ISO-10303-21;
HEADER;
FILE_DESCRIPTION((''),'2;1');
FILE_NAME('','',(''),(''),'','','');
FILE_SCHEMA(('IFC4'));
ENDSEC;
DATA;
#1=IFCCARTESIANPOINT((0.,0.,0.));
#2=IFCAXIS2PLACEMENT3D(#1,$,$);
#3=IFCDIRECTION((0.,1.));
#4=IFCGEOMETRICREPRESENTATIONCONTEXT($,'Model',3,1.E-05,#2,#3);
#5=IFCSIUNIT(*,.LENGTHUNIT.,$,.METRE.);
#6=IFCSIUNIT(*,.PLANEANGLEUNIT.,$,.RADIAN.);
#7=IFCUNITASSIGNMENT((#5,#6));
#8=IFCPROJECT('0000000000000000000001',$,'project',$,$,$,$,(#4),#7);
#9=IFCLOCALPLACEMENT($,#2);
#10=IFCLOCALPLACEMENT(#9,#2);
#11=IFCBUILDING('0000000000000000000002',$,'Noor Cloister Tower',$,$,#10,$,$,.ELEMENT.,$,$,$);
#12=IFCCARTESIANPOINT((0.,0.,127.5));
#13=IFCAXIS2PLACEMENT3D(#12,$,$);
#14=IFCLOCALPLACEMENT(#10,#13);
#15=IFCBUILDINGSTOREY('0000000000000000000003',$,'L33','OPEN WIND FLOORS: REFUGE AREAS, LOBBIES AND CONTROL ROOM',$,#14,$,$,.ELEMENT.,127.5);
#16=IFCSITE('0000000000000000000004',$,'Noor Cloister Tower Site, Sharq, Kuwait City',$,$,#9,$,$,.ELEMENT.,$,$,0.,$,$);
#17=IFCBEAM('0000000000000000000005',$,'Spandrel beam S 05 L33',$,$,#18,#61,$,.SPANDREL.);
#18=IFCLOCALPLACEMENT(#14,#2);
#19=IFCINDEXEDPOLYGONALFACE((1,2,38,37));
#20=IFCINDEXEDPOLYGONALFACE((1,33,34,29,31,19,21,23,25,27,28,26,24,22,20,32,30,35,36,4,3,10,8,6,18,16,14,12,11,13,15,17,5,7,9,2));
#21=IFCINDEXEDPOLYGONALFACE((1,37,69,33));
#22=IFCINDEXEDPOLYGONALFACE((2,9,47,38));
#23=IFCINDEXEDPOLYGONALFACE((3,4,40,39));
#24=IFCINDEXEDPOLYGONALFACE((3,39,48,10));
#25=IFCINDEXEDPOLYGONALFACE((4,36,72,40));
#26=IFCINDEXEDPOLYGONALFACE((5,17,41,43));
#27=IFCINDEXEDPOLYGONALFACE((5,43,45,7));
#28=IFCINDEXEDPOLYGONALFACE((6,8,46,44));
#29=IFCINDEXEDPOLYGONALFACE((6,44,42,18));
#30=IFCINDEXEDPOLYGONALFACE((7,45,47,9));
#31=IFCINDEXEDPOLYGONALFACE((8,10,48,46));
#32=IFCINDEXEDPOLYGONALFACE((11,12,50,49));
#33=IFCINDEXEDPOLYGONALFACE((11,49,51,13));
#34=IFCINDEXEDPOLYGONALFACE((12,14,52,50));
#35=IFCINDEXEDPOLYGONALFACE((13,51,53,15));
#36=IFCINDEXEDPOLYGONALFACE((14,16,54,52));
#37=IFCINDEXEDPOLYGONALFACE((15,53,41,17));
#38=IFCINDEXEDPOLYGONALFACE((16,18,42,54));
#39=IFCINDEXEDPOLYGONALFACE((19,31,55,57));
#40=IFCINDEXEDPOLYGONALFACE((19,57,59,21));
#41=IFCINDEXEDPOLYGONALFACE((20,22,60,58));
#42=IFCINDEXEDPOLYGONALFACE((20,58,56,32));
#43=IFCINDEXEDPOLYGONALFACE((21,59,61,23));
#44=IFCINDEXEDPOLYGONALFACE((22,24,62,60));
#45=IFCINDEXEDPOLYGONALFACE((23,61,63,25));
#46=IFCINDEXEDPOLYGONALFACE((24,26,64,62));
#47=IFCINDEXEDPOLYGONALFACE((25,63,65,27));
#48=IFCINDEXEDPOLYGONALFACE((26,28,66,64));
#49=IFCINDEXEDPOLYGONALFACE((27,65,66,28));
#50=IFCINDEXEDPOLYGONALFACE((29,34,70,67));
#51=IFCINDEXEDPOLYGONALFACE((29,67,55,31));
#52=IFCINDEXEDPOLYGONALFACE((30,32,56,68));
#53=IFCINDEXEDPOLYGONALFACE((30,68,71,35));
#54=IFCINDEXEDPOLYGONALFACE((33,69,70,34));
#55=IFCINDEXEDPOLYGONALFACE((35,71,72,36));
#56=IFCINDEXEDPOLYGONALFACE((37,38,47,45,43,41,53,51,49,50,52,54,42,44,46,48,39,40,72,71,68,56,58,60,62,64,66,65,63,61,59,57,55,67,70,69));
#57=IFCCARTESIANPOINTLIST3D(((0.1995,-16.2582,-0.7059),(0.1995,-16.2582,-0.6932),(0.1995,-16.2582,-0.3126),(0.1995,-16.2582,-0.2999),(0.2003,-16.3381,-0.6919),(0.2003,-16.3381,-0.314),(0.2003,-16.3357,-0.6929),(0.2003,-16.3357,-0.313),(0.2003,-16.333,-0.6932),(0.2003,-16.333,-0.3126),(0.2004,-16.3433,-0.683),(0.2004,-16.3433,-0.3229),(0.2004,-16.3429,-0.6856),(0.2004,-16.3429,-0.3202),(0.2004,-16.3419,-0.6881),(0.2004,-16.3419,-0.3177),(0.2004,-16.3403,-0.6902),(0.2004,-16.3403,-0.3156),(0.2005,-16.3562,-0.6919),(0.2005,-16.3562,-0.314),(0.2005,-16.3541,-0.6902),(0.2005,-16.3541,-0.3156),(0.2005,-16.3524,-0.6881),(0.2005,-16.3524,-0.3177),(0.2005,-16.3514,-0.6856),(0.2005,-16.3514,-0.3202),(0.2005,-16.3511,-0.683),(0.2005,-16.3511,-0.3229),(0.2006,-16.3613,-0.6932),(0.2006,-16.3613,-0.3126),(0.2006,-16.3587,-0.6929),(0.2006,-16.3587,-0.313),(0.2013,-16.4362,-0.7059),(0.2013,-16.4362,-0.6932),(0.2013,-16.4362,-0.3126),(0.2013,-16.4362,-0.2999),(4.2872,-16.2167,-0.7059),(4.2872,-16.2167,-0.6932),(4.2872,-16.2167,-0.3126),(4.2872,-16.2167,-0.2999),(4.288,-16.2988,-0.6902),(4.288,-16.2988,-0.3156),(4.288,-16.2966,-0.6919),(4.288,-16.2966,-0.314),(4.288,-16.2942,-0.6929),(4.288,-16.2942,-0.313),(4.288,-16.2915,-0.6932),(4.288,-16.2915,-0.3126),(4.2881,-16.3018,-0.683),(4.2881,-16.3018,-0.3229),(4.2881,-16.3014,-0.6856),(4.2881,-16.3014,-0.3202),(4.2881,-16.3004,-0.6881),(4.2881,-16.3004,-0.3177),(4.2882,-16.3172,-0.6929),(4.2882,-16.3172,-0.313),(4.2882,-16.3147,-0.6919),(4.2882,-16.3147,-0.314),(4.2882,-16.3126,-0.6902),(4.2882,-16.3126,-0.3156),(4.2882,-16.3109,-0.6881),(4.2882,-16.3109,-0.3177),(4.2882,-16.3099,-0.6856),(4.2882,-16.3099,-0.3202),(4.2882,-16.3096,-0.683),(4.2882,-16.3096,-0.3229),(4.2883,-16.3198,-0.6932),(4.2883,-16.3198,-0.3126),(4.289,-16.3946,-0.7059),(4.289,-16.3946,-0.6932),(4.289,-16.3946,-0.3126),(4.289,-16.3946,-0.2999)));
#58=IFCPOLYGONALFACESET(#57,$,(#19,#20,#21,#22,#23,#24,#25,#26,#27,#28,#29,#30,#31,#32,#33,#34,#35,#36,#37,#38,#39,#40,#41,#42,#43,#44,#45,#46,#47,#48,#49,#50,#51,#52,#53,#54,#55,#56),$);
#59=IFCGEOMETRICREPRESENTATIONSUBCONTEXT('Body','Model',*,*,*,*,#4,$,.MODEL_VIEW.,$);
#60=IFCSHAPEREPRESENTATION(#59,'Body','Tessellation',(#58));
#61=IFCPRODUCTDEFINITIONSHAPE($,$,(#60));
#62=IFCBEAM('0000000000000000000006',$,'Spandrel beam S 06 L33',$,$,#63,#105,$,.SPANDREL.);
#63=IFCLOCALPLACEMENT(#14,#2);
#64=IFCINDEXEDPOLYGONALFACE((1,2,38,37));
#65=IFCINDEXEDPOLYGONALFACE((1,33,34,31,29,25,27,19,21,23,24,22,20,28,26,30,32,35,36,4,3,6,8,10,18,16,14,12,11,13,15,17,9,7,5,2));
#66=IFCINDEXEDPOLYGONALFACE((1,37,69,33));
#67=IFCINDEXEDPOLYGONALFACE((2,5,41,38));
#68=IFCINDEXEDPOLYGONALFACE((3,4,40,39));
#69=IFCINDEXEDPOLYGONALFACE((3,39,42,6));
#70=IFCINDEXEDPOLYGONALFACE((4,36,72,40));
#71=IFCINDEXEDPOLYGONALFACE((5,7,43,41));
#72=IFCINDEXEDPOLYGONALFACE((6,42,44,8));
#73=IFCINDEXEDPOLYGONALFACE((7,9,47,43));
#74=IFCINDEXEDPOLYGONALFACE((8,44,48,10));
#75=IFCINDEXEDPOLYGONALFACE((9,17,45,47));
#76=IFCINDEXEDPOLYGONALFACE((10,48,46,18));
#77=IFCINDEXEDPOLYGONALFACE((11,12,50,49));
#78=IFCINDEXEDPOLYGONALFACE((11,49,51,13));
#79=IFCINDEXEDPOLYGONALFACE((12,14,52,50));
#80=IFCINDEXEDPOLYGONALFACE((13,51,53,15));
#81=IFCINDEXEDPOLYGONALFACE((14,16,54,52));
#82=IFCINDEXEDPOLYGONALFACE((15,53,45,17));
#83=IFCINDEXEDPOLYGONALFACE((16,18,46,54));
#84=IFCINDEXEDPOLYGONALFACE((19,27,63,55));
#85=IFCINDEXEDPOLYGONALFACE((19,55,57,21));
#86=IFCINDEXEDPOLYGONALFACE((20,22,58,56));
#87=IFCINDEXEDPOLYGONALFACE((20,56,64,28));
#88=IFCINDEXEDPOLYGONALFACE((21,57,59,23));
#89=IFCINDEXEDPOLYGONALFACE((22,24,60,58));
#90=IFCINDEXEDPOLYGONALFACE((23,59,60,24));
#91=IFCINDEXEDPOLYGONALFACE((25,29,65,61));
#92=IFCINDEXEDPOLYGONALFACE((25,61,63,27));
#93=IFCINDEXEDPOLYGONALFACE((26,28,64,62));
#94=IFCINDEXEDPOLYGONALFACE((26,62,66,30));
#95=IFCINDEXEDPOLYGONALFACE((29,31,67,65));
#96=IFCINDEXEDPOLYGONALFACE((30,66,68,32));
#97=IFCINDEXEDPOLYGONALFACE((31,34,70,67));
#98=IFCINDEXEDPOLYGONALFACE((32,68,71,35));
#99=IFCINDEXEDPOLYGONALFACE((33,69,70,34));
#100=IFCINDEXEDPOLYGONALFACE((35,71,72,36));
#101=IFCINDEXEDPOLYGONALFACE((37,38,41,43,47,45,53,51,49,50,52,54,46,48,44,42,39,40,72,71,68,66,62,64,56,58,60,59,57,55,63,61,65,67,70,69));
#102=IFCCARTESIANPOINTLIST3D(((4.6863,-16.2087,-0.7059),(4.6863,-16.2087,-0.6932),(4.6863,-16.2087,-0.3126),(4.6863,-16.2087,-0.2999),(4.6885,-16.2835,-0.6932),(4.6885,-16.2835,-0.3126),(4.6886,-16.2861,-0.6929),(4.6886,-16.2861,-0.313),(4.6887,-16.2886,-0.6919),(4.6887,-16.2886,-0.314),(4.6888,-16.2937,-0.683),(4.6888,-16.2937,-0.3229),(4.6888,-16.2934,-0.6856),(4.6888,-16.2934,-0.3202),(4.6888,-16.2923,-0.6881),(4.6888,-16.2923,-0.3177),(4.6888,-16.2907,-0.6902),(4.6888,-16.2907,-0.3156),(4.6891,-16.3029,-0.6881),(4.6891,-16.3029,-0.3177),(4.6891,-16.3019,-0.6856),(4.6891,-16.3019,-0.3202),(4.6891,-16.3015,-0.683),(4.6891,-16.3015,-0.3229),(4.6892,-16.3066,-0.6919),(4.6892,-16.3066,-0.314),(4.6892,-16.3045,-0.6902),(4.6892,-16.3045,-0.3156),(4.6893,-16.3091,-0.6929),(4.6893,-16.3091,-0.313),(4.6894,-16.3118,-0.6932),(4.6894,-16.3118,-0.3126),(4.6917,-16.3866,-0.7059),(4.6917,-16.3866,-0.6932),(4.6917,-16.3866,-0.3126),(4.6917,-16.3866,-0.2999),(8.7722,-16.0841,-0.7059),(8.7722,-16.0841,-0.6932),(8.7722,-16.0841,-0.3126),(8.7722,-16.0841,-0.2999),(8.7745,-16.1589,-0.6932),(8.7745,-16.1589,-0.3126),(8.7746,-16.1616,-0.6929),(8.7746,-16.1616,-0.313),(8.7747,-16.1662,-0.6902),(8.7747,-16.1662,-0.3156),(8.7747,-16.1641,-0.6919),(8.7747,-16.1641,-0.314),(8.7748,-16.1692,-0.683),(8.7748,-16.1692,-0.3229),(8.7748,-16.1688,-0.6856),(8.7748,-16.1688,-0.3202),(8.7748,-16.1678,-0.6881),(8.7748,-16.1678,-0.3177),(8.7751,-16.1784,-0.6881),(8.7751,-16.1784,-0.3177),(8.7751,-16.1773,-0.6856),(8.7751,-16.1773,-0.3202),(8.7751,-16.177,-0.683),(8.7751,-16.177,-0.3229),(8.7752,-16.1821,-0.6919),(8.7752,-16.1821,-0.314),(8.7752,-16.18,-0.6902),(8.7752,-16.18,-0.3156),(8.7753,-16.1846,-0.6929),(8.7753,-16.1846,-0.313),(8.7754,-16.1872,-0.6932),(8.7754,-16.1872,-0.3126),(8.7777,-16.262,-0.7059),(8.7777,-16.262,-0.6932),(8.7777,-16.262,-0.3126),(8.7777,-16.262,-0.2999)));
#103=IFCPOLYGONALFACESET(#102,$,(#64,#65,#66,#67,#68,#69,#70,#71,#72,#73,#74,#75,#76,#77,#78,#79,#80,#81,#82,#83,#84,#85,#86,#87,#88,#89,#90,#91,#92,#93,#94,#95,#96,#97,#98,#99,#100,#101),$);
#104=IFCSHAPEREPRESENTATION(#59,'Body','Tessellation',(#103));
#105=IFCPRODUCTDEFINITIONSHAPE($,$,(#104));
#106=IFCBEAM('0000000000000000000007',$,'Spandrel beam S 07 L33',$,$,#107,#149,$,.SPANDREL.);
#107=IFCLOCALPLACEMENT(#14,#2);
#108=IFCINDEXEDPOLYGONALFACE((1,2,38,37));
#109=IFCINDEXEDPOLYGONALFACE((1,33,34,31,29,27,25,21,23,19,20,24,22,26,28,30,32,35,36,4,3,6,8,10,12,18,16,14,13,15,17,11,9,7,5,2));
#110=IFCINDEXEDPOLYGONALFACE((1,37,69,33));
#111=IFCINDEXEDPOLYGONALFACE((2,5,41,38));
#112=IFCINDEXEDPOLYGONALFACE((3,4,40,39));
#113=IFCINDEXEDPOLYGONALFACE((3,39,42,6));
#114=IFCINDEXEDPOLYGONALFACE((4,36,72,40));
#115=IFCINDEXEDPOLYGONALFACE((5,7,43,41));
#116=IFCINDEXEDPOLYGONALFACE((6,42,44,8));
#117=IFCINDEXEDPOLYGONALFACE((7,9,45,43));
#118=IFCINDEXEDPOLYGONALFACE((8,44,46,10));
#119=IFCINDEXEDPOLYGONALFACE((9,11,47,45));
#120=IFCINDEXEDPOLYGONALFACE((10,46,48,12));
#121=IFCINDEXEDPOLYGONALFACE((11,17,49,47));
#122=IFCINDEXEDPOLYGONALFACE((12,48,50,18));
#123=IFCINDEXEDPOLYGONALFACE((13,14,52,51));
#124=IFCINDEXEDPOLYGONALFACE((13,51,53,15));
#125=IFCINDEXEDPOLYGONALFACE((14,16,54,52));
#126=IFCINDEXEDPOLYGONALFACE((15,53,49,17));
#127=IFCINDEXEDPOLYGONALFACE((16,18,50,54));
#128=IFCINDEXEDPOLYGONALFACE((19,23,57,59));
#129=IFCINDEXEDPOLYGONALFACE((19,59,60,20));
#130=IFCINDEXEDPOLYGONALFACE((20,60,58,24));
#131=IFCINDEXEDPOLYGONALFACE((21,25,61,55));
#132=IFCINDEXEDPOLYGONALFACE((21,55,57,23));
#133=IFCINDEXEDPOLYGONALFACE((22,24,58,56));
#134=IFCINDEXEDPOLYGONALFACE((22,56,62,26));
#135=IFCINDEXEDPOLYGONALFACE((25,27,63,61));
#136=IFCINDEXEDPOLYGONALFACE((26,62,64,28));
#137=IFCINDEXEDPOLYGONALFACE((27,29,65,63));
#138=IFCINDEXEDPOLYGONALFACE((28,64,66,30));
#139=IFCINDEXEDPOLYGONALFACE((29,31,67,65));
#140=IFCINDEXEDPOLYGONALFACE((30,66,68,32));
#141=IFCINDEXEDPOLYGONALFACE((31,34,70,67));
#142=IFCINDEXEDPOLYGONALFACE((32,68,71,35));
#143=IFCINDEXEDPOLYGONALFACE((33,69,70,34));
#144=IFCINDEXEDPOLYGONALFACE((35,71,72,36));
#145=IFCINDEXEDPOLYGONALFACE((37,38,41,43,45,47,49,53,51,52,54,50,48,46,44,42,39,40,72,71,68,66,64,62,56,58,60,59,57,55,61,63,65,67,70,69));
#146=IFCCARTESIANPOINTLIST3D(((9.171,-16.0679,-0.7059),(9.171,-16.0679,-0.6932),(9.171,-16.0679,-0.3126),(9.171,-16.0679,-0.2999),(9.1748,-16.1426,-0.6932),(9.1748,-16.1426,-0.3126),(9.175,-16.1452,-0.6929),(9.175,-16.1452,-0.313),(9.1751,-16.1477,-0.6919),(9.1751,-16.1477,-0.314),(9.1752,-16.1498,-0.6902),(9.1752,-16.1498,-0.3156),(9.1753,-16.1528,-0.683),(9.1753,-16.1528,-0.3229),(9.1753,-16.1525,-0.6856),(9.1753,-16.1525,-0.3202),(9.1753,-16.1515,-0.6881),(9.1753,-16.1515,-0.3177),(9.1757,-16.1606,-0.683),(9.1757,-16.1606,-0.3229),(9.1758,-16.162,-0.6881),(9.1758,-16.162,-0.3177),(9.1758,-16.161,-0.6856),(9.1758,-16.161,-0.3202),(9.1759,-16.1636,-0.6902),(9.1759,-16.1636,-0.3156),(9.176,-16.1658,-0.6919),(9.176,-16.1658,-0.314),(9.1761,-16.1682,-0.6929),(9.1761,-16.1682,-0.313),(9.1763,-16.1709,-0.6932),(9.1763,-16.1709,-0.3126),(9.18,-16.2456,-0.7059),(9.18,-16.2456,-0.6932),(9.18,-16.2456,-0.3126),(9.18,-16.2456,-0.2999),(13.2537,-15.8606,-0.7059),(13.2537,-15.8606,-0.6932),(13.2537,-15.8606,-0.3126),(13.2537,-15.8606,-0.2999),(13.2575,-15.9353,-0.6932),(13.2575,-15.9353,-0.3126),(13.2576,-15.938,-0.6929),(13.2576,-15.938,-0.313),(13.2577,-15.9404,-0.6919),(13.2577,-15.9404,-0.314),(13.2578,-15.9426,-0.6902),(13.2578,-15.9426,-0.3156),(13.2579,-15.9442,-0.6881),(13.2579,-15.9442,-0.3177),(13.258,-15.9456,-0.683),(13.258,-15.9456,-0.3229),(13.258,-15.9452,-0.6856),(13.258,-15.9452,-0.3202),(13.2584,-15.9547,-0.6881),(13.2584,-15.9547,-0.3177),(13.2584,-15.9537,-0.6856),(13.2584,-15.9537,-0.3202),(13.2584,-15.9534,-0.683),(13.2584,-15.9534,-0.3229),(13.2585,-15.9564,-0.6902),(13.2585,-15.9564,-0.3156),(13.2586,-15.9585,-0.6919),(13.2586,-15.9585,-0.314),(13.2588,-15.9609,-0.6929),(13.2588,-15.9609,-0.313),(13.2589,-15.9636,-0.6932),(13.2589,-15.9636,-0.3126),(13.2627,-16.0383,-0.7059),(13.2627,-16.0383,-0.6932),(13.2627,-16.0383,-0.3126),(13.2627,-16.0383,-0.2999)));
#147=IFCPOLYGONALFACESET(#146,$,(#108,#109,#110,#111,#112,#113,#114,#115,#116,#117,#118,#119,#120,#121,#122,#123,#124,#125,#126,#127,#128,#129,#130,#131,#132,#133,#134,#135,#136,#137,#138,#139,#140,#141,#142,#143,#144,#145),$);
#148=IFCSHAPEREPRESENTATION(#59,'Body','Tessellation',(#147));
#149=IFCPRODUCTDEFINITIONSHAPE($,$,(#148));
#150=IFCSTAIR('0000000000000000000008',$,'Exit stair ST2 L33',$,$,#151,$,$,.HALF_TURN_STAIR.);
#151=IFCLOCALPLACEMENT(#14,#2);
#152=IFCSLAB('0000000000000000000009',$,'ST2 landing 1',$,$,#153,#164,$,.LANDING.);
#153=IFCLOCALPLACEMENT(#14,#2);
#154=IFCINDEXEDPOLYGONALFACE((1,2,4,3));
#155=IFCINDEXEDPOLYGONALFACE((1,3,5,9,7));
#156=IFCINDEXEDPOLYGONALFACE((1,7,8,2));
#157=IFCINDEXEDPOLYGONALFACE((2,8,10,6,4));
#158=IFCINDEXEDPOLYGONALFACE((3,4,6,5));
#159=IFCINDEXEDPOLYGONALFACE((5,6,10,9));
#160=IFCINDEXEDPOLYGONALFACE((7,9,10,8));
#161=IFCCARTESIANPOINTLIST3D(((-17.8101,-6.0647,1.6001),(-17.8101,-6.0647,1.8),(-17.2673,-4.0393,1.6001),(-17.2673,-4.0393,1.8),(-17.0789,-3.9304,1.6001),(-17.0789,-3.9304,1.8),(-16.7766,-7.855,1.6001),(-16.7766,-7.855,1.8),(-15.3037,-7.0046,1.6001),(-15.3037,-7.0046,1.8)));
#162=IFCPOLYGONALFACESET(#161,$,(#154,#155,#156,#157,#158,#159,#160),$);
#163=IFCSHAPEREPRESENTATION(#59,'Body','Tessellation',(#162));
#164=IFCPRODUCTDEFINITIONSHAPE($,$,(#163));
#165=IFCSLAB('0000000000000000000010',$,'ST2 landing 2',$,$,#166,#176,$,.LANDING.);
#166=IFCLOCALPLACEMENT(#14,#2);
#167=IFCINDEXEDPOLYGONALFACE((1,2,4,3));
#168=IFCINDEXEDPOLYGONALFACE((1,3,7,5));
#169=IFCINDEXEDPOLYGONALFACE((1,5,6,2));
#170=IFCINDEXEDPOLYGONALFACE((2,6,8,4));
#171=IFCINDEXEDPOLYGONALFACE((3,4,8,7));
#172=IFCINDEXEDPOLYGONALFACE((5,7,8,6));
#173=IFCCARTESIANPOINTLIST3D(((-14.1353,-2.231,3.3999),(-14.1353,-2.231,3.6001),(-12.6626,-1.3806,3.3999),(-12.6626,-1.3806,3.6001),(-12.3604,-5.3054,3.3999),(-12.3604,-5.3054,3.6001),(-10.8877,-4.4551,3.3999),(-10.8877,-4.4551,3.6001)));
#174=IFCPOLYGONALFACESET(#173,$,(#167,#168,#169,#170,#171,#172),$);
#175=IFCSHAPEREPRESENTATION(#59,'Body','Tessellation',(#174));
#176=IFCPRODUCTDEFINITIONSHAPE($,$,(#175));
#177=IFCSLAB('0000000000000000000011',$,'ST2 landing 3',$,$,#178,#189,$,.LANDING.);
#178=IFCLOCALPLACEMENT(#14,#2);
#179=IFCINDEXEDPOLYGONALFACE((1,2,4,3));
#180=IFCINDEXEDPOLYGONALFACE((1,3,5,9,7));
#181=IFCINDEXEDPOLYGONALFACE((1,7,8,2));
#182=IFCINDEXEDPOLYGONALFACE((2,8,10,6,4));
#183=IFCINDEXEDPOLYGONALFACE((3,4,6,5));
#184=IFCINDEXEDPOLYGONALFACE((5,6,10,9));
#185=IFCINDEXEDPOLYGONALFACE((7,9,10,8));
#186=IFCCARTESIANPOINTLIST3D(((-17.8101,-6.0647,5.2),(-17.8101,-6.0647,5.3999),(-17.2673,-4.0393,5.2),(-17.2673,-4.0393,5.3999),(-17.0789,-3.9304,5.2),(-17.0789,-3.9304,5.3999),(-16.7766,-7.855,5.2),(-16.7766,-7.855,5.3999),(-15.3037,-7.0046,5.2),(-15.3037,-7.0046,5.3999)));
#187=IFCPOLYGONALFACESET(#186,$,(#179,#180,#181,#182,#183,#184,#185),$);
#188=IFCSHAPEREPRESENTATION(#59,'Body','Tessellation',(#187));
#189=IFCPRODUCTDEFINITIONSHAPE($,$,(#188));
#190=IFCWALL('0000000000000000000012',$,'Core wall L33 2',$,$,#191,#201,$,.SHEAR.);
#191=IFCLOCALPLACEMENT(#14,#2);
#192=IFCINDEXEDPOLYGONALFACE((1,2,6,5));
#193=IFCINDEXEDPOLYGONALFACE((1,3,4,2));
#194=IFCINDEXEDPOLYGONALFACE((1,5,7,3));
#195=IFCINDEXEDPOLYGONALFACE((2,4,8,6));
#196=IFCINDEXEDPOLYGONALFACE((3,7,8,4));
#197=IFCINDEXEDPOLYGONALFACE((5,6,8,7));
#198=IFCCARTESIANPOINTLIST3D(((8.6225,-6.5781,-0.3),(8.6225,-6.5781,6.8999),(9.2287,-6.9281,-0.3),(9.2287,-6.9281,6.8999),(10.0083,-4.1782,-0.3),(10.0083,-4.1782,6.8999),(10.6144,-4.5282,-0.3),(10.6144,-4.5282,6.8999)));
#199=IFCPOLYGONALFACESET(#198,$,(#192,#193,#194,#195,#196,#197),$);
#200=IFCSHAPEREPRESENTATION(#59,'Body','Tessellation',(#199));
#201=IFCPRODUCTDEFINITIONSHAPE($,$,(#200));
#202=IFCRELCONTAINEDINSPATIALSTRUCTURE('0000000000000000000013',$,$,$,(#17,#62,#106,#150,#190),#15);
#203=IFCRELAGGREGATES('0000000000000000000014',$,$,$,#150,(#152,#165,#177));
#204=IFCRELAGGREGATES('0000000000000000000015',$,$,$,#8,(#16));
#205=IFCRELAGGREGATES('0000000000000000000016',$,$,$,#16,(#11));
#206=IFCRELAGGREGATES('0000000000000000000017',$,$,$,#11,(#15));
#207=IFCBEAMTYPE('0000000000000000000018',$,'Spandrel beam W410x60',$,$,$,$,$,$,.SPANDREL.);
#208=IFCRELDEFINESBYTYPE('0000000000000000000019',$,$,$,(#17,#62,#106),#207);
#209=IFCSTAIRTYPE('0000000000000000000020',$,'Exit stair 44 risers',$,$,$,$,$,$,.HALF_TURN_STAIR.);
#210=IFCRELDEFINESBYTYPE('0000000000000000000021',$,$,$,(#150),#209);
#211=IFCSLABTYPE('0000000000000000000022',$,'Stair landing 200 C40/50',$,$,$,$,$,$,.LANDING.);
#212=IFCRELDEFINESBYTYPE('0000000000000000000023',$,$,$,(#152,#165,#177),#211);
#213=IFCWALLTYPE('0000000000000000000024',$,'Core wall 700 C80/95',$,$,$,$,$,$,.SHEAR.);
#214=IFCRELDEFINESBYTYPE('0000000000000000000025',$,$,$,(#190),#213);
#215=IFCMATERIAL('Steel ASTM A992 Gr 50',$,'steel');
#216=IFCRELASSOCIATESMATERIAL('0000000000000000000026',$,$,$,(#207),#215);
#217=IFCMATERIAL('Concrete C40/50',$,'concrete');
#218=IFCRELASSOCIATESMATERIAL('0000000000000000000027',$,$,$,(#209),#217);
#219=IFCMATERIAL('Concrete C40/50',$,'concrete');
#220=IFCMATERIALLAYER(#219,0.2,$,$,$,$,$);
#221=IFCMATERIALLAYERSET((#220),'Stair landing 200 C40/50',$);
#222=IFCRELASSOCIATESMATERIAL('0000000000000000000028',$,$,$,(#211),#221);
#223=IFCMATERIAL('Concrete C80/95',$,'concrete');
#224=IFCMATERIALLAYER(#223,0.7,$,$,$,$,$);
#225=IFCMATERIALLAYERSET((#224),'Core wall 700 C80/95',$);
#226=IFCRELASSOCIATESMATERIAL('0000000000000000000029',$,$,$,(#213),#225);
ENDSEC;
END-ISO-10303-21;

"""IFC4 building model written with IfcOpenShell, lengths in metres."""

from ifc_helpers import new_model, si_unit, direction, frame, frame_2d, origin, origin_2d, place, context, subcontext, project, spatial, polyline, rectangle, i_section, outline, extrude, material, layer, layer_set, material_profile, profile_set, type_object, element, aggregate, save


model = new_model("IFC4")

# Units and contexts
model_context = context("Model", 3, precision=1e-05, world=origin(), true_north=direction((0.0, 1.0)))
body_context = subcontext(model_context, "Body", "Model", "MODEL_VIEW")
ifc_project = project(units=[si_unit("LENGTHUNIT", "METRE"), si_unit("PLANEANGLEUNIT", "RADIAN")], contexts=[model_context])

# Site, building, storey
site_placement = place(None, origin())
site = spatial("IfcSite", under=ifc_project, at=site_placement, Name="Noor Cloister Tower Site, Sharq, Kuwait City", CompositionType="ELEMENT", RefElevation=0.0)
building_placement = place(site_placement, origin())
building = spatial("IfcBuilding", under=site, at=building_placement, Name="Noor Cloister Tower", CompositionType="ELEMENT")
storey_placement = place(building_placement, frame((0.0, 0.0, 127.5)))
storey = spatial("IfcBuildingStorey", under=building, at=storey_placement, Name="L33", Description="OPEN WIND FLOORS: REFUGE AREAS, LOBBIES AND CONTROL ROOM", CompositionType="ELEMENT", Elevation=127.5)

# Beams
ifc_material_1 = material(Name="Steel ASTM A992 Gr 50", Category="steel")
ifc_material_profile_1 = material_profile(ifc_material_1, i_section(OverallWidth=0.178, OverallDepth=0.406, WebThickness=0.0078, FlangeThickness=0.0127, FilletRadius=0.0103, at=origin_2d()), Name="W410x60")
ifc_profile_set_1 = profile_set([ifc_material_profile_1], Name="Steel ASTM A992 Gr 50")
beam_type_1 = type_object("IfcBeamType", Name="Spandrel beam W410x60", PredefinedType="SPANDREL", material=ifc_profile_set_1)
for number, where, z_axis, x_axis, name in (
    (1, (0.2004, -16.3472, -0.5029), (0.999948, 0.010153, 0.0), (-0.010153, 0.999948, 0.0), "Spandrel beam S 05 L33"),
    (2, (4.689, -16.2976, -0.5029), (0.999536, 0.030459, 0.0), (-0.030459, 0.999536, 0.0), "Spandrel beam S 06 L33"),
    (3, (9.1755, -16.1567, -0.5029), (0.998714, 0.050706, 0.0), (-0.050706, 0.998714, 0.0), "Spandrel beam S 07 L33"),
):
    element("IfcBeam", number, at=place(storey_placement, frame(where, z_axis=z_axis, x_axis=x_axis)), inside=storey, type_object=beam_type_1, Name=name, PredefinedType="SPANDREL", context=body_context, shape_type="SweptSolid", body=[
        extrude(i_section(OverallWidth=0.178, OverallDepth=0.406, WebThickness=0.0078, FlangeThickness=0.0127, FilletRadius=0.0103, at=origin_2d()), origin(), (0.0, 0.0, 1.0), 4.0879),
    ])

# Stair, slabs
ifc_material_2 = material(Name="Concrete C40/50", Category="concrete")
stair_type = type_object("IfcStairType", Name="Exit stair 44 risers", PredefinedType="HALF_TURN_STAIR", material=ifc_material_2)
stair_1_placement = place(storey_placement, origin())
stair_1 = element("IfcStair", 4, at=stair_1_placement, inside=storey, type_object=stair_type, Name="Exit stair ST2 L33", PredefinedType="HALF_TURN_STAIR")
ifc_material_3 = material(Name="Concrete C40/50", Category="concrete")
ifc_layer_1 = layer(ifc_material_3, 0.2)
ifc_layer_set_1 = layer_set([ifc_layer_1], Name="Stair landing 200 C40/50")
slab_type = type_object("IfcSlabType", Name="Stair landing 200 C40/50", PredefinedType="LANDING", material=ifc_layer_set_1)
slab_1_placement = place(storey_placement, frame((0.0, 0.0, 1.6001)))
slab_1 = element("IfcSlab", 5, at=slab_1_placement, type_object=slab_type, Name="ST2 landing 1", PredefinedType="LANDING", context=body_context, shape_type="SweptSolid", body=[
    extrude(outline(polyline([(-17.0789, -3.9304), (-17.2673, -4.0393), (-17.8101, -6.0647), (-16.7766, -7.855), (-15.3037, -7.0046), (-17.0789, -3.9304)])), origin(), (0.0, 0.0, 1.0), 0.2),
])
slab_2_placement = place(storey_placement, frame((0.0, 0.0, 3.3999)))
slab_2 = element("IfcSlab", 6, at=slab_2_placement, type_object=slab_type, Name="ST2 landing 2", PredefinedType="LANDING", context=body_context, shape_type="SweptSolid", body=[
    extrude(outline(polyline([(-12.3604, -5.3054), (-10.8877, -4.4551), (-12.6626, -1.3806), (-14.1353, -2.231), (-12.3604, -5.3054)])), origin(), (0.0, 0.0, 1.0), 0.2002),
])
slab_3_placement = place(storey_placement, frame((0.0, 0.0, 5.2)))
slab_3 = element("IfcSlab", 7, at=slab_3_placement, type_object=slab_type, Name="ST2 landing 3", PredefinedType="LANDING", context=body_context, shape_type="SweptSolid", body=[
    extrude(outline(polyline([(-17.0789, -3.9304), (-17.2673, -4.0393), (-17.8101, -6.0647), (-16.7766, -7.855), (-15.3037, -7.0046), (-17.0789, -3.9304)])), origin(), (0.0, 0.0, 1.0), 0.2),
])
aggregate(stair_1, [slab_1, slab_2, slab_3])

# Wall
ifc_material_4 = material(Name="Concrete C80/95", Category="concrete")
ifc_layer_2 = layer(ifc_material_4, 0.7)
ifc_layer_set_2 = layer_set([ifc_layer_2], Name="Core wall 700 C80/95")
wall_type_1 = type_object("IfcWallType", Name="Core wall 700 C80/95", PredefinedType="SHEAR", material=ifc_layer_set_2)
wall_1_placement = place(storey_placement, frame((8.9255, -6.7532, -0.3), z_axis=(0.0, 0.0, 1.0), x_axis=(0.500043, 0.866001, 0.0)))
element("IfcWall", 8, at=wall_1_placement, inside=storey, type_object=wall_type_1, Name="Core wall L33 2", PredefinedType="SHEAR", context=body_context, shape_type="SweptSolid", body=[
    extrude(rectangle(XDim=2.7712, YDim=0.7, at=frame_2d((1.3857, 0.0))), origin(), (0.0, 0.0, 1.0), 7.2),
])

save(model, "model.ifc")
